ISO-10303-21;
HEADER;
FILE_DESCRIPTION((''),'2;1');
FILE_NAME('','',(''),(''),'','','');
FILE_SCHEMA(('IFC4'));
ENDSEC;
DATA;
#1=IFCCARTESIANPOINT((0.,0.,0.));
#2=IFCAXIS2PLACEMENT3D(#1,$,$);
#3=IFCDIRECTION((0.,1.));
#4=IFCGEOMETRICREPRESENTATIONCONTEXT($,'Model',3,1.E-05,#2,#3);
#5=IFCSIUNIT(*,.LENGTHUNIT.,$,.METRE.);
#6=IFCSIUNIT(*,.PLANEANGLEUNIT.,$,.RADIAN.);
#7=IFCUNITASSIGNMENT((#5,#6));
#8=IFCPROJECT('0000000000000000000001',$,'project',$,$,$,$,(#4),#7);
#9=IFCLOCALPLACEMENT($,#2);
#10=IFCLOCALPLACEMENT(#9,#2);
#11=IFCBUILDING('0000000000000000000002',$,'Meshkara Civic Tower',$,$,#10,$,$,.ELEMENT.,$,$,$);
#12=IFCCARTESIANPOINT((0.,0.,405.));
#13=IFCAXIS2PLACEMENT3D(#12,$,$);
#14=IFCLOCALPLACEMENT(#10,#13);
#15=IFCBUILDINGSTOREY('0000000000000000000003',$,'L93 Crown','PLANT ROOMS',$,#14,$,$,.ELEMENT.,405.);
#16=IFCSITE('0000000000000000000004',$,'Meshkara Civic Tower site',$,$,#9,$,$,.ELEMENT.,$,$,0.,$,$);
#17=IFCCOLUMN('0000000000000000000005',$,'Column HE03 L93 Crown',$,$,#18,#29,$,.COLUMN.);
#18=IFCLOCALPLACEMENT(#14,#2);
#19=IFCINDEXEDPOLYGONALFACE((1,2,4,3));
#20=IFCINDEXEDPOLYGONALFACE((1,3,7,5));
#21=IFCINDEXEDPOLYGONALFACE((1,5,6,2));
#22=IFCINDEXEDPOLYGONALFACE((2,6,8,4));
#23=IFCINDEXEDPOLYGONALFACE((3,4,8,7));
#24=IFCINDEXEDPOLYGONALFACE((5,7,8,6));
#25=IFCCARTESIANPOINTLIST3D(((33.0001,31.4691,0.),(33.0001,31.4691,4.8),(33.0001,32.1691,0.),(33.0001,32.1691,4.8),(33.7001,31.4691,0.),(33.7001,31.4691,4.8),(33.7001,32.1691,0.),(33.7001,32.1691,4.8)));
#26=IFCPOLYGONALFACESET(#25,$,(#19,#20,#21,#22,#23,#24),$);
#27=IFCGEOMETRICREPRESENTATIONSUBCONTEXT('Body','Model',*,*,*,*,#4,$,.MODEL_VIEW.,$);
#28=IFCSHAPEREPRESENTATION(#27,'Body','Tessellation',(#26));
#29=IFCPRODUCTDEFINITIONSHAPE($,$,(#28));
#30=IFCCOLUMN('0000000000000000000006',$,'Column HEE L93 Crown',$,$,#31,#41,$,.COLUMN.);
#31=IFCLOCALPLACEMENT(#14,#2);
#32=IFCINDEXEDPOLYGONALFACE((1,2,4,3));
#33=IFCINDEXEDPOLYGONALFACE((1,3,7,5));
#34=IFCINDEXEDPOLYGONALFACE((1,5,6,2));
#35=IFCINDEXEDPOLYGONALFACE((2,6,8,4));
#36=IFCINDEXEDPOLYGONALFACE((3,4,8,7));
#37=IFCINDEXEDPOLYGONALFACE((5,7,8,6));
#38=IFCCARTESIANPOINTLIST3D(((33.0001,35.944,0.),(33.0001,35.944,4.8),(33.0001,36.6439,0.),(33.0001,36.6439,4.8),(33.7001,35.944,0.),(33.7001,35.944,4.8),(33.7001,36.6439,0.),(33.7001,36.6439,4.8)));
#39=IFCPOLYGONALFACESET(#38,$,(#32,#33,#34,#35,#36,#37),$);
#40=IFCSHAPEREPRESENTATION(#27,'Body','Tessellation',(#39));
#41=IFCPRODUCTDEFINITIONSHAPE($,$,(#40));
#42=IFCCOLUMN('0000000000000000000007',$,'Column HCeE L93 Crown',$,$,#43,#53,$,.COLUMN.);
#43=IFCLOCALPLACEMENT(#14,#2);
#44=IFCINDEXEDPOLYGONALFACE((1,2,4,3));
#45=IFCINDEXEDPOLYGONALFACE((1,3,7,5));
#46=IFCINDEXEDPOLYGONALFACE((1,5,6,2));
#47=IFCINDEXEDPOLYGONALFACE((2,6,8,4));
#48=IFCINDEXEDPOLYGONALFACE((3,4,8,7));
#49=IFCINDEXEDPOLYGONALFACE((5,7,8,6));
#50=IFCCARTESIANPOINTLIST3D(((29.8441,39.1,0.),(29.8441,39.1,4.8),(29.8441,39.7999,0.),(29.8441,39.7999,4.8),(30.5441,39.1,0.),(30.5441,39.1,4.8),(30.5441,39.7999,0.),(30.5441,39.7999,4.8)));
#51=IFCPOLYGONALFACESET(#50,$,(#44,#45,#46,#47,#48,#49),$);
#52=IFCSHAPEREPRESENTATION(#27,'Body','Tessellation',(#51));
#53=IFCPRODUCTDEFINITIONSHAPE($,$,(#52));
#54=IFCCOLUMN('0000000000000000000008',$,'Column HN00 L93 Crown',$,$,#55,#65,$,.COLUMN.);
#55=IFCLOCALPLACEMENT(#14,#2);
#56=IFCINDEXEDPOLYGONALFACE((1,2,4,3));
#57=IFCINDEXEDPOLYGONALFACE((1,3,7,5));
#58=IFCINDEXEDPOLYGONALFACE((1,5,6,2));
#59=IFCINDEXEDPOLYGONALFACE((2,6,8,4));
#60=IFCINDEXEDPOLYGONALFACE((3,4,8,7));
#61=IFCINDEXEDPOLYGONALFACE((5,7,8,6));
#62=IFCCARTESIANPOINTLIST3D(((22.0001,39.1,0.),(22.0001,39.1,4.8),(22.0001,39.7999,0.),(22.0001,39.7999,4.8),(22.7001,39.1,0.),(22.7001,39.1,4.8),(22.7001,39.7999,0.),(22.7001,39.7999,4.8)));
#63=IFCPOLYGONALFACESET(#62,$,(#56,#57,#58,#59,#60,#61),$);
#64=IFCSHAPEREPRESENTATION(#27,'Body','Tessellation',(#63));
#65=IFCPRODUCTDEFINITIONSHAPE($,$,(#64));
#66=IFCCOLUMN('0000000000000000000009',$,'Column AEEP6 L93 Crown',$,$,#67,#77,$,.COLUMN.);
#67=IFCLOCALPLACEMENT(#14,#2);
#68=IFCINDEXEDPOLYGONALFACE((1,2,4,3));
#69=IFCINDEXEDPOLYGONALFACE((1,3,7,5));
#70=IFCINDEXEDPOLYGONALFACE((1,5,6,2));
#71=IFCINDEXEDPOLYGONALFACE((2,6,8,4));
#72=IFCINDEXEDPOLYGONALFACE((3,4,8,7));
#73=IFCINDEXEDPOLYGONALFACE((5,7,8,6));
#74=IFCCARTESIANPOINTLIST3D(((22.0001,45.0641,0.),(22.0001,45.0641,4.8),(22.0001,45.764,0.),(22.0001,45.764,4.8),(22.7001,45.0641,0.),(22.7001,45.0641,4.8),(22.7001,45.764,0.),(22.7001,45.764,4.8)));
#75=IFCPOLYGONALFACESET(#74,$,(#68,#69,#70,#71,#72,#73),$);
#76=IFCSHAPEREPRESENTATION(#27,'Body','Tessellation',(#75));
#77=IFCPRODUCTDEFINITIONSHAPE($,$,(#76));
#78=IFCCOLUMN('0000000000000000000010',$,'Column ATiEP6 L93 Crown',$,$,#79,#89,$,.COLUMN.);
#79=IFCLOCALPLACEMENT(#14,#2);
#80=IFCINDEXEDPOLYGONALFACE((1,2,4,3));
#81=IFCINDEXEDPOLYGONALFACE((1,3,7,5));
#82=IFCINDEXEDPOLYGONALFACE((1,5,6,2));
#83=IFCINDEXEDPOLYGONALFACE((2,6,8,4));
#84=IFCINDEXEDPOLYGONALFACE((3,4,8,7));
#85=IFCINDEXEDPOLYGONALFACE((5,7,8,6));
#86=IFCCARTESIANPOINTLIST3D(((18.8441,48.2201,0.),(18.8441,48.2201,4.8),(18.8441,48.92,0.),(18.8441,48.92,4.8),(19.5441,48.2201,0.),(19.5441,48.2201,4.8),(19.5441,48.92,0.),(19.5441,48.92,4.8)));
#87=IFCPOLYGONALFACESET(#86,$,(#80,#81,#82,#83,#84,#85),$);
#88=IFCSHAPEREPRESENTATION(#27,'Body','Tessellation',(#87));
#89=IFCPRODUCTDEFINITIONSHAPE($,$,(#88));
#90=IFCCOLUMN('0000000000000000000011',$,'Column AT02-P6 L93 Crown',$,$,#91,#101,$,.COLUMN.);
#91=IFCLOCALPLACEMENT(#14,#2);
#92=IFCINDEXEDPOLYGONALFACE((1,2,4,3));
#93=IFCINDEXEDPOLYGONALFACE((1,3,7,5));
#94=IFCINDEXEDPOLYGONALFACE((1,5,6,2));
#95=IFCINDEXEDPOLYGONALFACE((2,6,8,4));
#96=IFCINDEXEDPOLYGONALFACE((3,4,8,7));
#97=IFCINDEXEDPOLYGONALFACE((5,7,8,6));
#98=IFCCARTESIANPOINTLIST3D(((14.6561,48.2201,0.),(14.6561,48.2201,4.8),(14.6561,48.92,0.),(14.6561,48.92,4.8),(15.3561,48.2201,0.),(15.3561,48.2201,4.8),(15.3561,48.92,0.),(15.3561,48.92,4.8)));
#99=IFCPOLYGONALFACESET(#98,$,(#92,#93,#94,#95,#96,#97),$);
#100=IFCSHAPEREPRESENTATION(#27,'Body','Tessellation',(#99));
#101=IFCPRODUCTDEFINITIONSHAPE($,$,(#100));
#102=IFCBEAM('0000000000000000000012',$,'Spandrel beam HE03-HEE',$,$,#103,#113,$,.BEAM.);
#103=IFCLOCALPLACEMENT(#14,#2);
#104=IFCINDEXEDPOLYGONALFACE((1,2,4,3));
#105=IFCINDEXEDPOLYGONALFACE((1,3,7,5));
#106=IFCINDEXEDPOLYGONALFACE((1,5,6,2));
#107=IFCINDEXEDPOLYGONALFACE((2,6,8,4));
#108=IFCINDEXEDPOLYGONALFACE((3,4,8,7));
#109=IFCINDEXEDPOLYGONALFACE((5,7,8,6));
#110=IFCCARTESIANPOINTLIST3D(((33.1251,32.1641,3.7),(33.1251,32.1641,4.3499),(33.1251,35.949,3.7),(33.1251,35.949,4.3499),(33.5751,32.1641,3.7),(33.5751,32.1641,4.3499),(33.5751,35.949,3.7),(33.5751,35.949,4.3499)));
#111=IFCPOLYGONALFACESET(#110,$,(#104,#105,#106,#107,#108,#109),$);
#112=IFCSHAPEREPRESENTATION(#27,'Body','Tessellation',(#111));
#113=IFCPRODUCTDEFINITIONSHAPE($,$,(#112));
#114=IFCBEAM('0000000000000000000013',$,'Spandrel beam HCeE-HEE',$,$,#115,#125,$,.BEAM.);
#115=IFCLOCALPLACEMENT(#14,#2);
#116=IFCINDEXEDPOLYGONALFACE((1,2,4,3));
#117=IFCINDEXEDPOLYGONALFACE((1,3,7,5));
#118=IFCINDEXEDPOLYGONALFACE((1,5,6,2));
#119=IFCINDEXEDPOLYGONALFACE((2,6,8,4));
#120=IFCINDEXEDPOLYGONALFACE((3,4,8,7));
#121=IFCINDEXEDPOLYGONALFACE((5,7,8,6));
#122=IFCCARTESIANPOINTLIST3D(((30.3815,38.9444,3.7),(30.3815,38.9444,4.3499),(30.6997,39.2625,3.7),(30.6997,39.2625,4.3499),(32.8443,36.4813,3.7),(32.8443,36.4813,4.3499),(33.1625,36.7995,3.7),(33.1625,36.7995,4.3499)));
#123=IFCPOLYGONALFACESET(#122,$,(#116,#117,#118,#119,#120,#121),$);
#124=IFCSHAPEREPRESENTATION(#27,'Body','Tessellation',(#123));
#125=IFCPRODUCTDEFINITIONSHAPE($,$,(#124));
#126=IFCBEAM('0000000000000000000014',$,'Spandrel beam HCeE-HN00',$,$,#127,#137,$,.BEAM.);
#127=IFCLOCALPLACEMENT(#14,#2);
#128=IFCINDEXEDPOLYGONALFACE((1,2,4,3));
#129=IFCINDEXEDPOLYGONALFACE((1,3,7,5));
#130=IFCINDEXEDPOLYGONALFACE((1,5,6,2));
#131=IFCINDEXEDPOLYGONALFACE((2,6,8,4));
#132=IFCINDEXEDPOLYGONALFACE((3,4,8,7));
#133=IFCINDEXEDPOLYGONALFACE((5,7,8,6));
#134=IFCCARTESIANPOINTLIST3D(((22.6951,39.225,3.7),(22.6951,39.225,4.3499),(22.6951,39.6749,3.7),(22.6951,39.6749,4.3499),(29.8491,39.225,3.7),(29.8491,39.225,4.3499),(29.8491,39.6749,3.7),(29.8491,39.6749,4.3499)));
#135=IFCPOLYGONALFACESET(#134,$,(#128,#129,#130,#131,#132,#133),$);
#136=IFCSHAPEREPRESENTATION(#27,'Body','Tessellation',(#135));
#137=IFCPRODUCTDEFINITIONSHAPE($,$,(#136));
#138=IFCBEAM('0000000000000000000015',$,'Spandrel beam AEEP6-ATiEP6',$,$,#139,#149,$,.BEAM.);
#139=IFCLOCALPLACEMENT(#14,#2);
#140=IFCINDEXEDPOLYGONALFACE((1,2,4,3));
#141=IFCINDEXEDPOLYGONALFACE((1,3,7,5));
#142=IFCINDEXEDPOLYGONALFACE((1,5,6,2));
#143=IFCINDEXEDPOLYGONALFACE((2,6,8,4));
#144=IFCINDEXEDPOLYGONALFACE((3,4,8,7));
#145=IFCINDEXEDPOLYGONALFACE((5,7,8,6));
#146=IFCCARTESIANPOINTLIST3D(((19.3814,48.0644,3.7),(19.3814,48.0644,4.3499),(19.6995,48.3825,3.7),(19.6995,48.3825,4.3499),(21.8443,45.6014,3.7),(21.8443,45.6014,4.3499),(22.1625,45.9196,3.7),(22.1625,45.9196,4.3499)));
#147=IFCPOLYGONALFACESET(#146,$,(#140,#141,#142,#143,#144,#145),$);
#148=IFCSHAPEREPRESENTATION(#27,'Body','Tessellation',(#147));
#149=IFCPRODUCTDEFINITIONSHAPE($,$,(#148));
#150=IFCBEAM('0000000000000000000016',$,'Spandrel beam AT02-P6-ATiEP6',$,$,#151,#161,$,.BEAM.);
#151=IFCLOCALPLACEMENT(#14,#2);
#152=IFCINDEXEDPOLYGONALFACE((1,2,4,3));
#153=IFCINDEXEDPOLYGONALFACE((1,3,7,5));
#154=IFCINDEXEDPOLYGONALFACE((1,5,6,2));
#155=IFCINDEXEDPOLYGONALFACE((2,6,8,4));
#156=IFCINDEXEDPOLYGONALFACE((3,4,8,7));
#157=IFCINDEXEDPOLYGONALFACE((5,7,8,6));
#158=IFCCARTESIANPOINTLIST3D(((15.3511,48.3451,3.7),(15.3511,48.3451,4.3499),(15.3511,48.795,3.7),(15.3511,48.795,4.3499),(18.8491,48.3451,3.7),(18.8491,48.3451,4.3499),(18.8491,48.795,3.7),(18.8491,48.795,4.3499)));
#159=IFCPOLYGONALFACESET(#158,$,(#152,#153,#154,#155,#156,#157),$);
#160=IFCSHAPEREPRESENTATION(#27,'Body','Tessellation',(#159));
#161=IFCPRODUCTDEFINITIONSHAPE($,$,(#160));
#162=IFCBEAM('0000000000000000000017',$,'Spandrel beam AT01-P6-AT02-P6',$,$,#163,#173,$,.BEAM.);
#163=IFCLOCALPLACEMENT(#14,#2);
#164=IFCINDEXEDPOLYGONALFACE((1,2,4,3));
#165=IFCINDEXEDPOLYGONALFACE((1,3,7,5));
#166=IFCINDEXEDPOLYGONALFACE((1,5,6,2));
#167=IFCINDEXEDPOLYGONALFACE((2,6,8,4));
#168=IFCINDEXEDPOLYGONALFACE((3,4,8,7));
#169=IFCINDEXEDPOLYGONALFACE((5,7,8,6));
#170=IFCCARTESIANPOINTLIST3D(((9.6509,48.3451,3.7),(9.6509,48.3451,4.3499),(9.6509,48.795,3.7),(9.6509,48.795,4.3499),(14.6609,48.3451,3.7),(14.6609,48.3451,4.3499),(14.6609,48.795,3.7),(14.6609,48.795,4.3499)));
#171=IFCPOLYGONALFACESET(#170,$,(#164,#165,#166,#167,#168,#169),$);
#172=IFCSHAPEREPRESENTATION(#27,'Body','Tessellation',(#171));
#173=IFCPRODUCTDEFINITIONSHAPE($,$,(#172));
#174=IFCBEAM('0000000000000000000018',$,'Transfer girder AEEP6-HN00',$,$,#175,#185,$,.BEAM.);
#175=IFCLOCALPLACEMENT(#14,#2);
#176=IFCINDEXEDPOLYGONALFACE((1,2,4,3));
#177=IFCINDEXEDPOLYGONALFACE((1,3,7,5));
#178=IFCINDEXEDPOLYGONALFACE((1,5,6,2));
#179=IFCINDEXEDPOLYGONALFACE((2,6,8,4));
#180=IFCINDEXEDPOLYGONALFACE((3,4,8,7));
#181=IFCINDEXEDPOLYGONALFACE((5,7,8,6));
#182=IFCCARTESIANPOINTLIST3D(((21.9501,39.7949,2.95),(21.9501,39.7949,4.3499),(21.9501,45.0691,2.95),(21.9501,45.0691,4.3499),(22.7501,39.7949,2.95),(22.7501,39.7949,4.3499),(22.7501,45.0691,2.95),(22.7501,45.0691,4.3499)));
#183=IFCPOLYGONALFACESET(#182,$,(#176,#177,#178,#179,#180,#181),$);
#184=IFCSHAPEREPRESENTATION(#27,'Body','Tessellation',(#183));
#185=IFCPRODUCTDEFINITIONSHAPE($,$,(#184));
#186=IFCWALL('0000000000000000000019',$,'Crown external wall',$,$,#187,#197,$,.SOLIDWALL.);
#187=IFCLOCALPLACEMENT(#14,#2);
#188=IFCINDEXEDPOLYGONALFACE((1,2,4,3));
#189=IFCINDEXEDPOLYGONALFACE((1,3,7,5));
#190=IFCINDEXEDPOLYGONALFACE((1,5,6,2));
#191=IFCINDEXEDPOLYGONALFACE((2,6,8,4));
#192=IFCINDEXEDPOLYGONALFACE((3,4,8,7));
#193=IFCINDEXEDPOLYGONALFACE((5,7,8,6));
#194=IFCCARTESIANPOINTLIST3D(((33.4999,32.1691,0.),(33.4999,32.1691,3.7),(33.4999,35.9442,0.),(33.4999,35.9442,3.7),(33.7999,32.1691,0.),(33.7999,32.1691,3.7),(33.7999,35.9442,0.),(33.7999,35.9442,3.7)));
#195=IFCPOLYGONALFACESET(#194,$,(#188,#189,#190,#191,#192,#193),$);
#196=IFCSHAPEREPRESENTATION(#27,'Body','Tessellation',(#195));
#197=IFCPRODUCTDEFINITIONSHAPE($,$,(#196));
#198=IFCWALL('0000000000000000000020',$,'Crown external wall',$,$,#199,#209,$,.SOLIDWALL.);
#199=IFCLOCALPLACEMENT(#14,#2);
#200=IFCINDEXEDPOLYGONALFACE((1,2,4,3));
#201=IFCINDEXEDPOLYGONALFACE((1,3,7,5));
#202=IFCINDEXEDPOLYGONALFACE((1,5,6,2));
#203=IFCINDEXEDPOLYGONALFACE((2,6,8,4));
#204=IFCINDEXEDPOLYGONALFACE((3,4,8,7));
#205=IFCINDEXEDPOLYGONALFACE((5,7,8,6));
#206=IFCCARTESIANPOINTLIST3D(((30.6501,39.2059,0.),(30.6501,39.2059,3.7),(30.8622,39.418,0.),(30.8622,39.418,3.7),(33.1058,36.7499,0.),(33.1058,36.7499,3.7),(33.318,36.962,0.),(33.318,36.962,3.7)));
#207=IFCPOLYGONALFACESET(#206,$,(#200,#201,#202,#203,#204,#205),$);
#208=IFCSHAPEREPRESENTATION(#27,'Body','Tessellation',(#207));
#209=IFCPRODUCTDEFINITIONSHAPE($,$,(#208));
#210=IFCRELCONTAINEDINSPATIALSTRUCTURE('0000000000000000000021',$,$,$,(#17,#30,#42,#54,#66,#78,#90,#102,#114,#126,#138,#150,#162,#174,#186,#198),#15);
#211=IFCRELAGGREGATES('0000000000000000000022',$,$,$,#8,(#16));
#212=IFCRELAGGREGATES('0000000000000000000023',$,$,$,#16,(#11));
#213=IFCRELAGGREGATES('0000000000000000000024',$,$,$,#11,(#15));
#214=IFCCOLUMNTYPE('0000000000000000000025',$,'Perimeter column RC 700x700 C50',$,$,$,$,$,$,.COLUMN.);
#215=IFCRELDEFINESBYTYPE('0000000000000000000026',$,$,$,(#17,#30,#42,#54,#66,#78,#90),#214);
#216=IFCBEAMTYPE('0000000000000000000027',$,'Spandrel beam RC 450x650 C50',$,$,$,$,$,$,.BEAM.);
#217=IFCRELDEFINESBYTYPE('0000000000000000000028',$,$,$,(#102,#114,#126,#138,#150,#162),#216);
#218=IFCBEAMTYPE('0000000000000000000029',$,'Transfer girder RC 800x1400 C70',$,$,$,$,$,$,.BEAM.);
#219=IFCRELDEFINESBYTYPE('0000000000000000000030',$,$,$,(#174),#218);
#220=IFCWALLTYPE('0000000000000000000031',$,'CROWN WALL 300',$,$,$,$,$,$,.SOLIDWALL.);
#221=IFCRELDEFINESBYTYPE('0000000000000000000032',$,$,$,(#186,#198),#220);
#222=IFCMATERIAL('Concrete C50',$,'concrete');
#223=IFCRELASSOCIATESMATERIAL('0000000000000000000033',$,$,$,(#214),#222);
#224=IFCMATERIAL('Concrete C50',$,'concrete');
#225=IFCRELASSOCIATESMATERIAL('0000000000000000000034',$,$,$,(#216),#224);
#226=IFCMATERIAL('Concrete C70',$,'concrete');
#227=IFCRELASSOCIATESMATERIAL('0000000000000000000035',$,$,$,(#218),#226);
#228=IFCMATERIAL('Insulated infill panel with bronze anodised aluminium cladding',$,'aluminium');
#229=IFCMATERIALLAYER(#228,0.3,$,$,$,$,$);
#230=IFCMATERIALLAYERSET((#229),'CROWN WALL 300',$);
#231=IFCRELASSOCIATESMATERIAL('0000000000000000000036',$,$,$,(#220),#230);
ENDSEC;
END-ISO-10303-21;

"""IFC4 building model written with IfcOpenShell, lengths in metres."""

from ifc_helpers import new_model, si_unit, direction, frame, frame_2d, origin, origin_2d, place, context, subcontext, project, spatial, rectangle, extrude, material, layer, layer_set, material_profile, profile_set, type_object, element, save


model = new_model("IFC4")

# Units and contexts
model_context = context("Model", 3, precision=1e-05, world=origin(), true_north=direction((0.0, 1.0)))
body_context = subcontext(model_context, "Body", "Model", "MODEL_VIEW")
ifc_project = project(units=[si_unit("LENGTHUNIT", "METRE"), si_unit("PLANEANGLEUNIT", "RADIAN")], contexts=[model_context])

# Site, building, storey
site_placement = place(None, origin())
site = spatial("IfcSite", under=ifc_project, at=site_placement, Name="Meshkara Civic Tower site", CompositionType="ELEMENT", RefElevation=0.0)
building_placement = place(site_placement, origin())
building = spatial("IfcBuilding", under=site, at=building_placement, Name="Meshkara Civic Tower", CompositionType="ELEMENT")
storey_placement = place(building_placement, frame((0.0, 0.0, 405.0)))
storey = spatial("IfcBuildingStorey", under=building, at=storey_placement, Name="L93 Crown", Description="PLANT ROOMS", CompositionType="ELEMENT", Elevation=405.0)

# Columns
ifc_material_1 = material(Name="Concrete C50", Category="concrete")
ifc_material_profile_1 = material_profile(ifc_material_1, rectangle(XDim=0.7, YDim=0.7, at=origin_2d()))
ifc_profile_set_1 = profile_set([ifc_material_profile_1], Name="Concrete C50")
column_type = type_object("IfcColumnType", Name="Perimeter column RC 700x700 C50", PredefinedType="COLUMN", material=ifc_profile_set_1)
for number, where, z_axis, x_axis, name in (
    (1, (33.3501, 31.8191, 0.0), (0.0, 0.0, 1.0), (1.0, 0.0, 0.0), "Column HE03 L93 Crown"),
    (2, (33.3501, 36.2939, 0.0), (0.0, 0.0, 1.0), (1.0, 0.0, 0.0), "Column HEE L93 Crown"),
    (3, (30.1941, 39.45, 0.0), (0.0, 0.0, 1.0), (1.0, 0.0, 0.0), "Column HCeE L93 Crown"),
    (4, (22.3501, 39.45, 0.0), (0.0, 0.0, 1.0), (1.0, 0.0, 0.0), "Column HN00 L93 Crown"),
    (5, (22.3501, 45.4141, 0.0), (0.0, 0.0, 1.0), (1.0, 0.0, 0.0), "Column AEEP6 L93 Crown"),
    (6, (19.1941, 48.5701, 0.0), (0.0, 0.0, 1.0), (1.0, 0.0, 0.0), "Column ATiEP6 L93 Crown"),
    (7, (15.0061, 48.5701, 0.0), (0.0, 0.0, 1.0), (1.0, 0.0, 0.0), "Column AT02-P6 L93 Crown"),
):
    element("IfcColumn", number, at=place(storey_placement, frame(where, z_axis=z_axis, x_axis=x_axis)), inside=storey, type_object=column_type, Name=name, PredefinedType="COLUMN", context=body_context, shape_type="SweptSolid", body=[
        extrude(rectangle(XDim=0.7, YDim=0.7, at=origin_2d()), origin(), (0.0, 0.0, 1.0), 4.8),
    ])

# Beams
ifc_material_2 = material(Name="Concrete C50", Category="concrete")
ifc_material_profile_2 = material_profile(ifc_material_2, rectangle(XDim=0.45, YDim=0.6499, at=origin_2d()))
ifc_profile_set_2 = profile_set([ifc_material_profile_2], Name="Concrete C50")
beam_type_1 = type_object("IfcBeamType", Name="Spandrel beam RC 450x650 C50", PredefinedType="BEAM", material=ifc_profile_set_2)
beam_1_placement = place(storey_placement, frame((33.3501, 32.1641, 4.0249), z_axis=(0.0, 1.0, 0.0), x_axis=(-1.0, 0.0, 0.0)))
element("IfcBeam", 8, at=beam_1_placement, inside=storey, type_object=beam_type_1, Name="Spandrel beam HE03-HEE", PredefinedType="BEAM", context=body_context, shape_type="SweptSolid", body=[
    extrude(rectangle(XDim=0.45, YDim=0.6499, at=origin_2d()), origin(), (0.0, 0.0, 1.0), 3.7849),
])
beam_2_placement = place(storey_placement, frame((33.0034, 36.6404, 4.0249), z_axis=(-0.707072, 0.707142, 0.0), x_axis=(-0.707142, -0.707072, 0.0)))
element("IfcBeam", 9, at=beam_2_placement, inside=storey, type_object=beam_type_1, Name="Spandrel beam HCeE-HEE", PredefinedType="BEAM", context=body_context, shape_type="SweptSolid", body=[
    extrude(rectangle(XDim=0.45, YDim=0.6499, at=origin_2d()), origin(), (0.0, 0.0, 1.0), 3.4832),
])
beam_3_placement = place(storey_placement, frame((29.8491, 39.45, 4.0249), z_axis=(-1.0, 0.0, 0.0), x_axis=(0.0, -1.0, 0.0)))
element("IfcBeam", 10, at=beam_3_placement, inside=storey, type_object=beam_type_1, Name="Spandrel beam HCeE-HN00", PredefinedType="BEAM", context=body_context, shape_type="SweptSolid", body=[
    extrude(rectangle(XDim=0.45, YDim=0.6499, at=origin_2d()), origin(), (0.0, 0.0, 1.0), 7.1541),
])
beam_4_placement = place(storey_placement, frame((22.0034, 45.7605, 4.0249), z_axis=(-0.707107, 0.707107, 0.0), x_axis=(-0.707107, -0.707107, 0.0)))
element("IfcBeam", 11, at=beam_4_placement, inside=storey, type_object=beam_type_1, Name="Spandrel beam AEEP6-ATiEP6", PredefinedType="BEAM", context=body_context, shape_type="SweptSolid", body=[
    extrude(rectangle(XDim=0.45, YDim=0.6499, at=origin_2d()), origin(), (0.0, 0.0, 1.0), 3.4832),
])
beam_5_placement = place(storey_placement, frame((18.8491, 48.5701, 4.0249), z_axis=(-1.0, 0.0, 0.0), x_axis=(0.0, -1.0, 0.0)))
element("IfcBeam", 12, at=beam_5_placement, inside=storey, type_object=beam_type_1, Name="Spandrel beam AT02-P6-ATiEP6", PredefinedType="BEAM", context=body_context, shape_type="SweptSolid", body=[
    extrude(rectangle(XDim=0.45, YDim=0.6499, at=origin_2d()), origin(), (0.0, 0.0, 1.0), 3.498),
])
beam_6_placement = place(storey_placement, frame((14.6609, 48.5701, 4.0249), z_axis=(-1.0, 0.0, 0.0), x_axis=(0.0, -1.0, 0.0)))
element("IfcBeam", 13, at=beam_6_placement, inside=storey, type_object=beam_type_1, Name="Spandrel beam AT01-P6-AT02-P6", PredefinedType="BEAM", context=body_context, shape_type="SweptSolid", body=[
    extrude(rectangle(XDim=0.45, YDim=0.6499, at=origin_2d()), origin(), (0.0, 0.0, 1.0), 5.01),
])
ifc_material_3 = material(Name="Concrete C70", Category="concrete")
ifc_material_profile_3 = material_profile(ifc_material_3, rectangle(XDim=0.8, YDim=1.3999, at=origin_2d()))
ifc_profile_set_3 = profile_set([ifc_material_profile_3], Name="Concrete C70")
beam_type_2 = type_object("IfcBeamType", Name="Transfer girder RC 800x1400 C70", PredefinedType="BEAM", material=ifc_profile_set_3)
beam_7_placement = place(storey_placement, frame((22.3501, 39.7949, 3.6499), z_axis=(0.0, 1.0, 0.0), x_axis=(-1.0, 0.0, 0.0)))
element("IfcBeam", 14, at=beam_7_placement, inside=storey, type_object=beam_type_2, Name="Transfer girder AEEP6-HN00", PredefinedType="BEAM", context=body_context, shape_type="SweptSolid", body=[
    extrude(rectangle(XDim=0.8, YDim=1.3999, at=origin_2d()), origin(), (0.0, 0.0, 1.0), 5.2742),
])

# Walls
ifc_material_4 = material(Name="Insulated infill panel with bronze anodised aluminium cladding", Category="aluminium")
ifc_layer_1 = layer(ifc_material_4, 0.3)
ifc_layer_set_1 = layer_set([ifc_layer_1], Name="CROWN WALL 300")
wall_type_1 = type_object("IfcWallType", Name="CROWN WALL 300", PredefinedType="SOLIDWALL", material=ifc_layer_set_1)
wall_1_placement = place(storey_placement, frame((33.6499, 32.1689, 0.0), z_axis=(0.0, 0.0, 1.0), x_axis=(0.0, 1.0, 0.0)))
element("IfcWall", 15, at=wall_1_placement, inside=storey, type_object=wall_type_1, Name="Crown external wall", PredefinedType="SOLIDWALL", context=body_context, shape_type="SweptSolid", body=[
    extrude(rectangle(XDim=3.7751, YDim=0.3, at=frame_2d((1.8877, 0.0))), origin(), (0.0, 0.0, 1.0), 3.7),
])
wall_2_placement = place(storey_placement, frame((33.2119, 36.856, 0.0), z_axis=(0.0, 0.0, 1.0), x_axis=(-0.707072, 0.707142, 0.0)))
element("IfcWall", 16, at=wall_2_placement, inside=storey, type_object=wall_type_1, Name="Crown external wall", PredefinedType="SOLIDWALL", context=body_context, shape_type="SweptSolid", body=[
    extrude(rectangle(XDim=3.4731, YDim=0.3, at=frame_2d((1.7366, 0.0))), origin(), (0.0, 0.0, 1.0), 3.7),
])

save(model, "model.ifc")
